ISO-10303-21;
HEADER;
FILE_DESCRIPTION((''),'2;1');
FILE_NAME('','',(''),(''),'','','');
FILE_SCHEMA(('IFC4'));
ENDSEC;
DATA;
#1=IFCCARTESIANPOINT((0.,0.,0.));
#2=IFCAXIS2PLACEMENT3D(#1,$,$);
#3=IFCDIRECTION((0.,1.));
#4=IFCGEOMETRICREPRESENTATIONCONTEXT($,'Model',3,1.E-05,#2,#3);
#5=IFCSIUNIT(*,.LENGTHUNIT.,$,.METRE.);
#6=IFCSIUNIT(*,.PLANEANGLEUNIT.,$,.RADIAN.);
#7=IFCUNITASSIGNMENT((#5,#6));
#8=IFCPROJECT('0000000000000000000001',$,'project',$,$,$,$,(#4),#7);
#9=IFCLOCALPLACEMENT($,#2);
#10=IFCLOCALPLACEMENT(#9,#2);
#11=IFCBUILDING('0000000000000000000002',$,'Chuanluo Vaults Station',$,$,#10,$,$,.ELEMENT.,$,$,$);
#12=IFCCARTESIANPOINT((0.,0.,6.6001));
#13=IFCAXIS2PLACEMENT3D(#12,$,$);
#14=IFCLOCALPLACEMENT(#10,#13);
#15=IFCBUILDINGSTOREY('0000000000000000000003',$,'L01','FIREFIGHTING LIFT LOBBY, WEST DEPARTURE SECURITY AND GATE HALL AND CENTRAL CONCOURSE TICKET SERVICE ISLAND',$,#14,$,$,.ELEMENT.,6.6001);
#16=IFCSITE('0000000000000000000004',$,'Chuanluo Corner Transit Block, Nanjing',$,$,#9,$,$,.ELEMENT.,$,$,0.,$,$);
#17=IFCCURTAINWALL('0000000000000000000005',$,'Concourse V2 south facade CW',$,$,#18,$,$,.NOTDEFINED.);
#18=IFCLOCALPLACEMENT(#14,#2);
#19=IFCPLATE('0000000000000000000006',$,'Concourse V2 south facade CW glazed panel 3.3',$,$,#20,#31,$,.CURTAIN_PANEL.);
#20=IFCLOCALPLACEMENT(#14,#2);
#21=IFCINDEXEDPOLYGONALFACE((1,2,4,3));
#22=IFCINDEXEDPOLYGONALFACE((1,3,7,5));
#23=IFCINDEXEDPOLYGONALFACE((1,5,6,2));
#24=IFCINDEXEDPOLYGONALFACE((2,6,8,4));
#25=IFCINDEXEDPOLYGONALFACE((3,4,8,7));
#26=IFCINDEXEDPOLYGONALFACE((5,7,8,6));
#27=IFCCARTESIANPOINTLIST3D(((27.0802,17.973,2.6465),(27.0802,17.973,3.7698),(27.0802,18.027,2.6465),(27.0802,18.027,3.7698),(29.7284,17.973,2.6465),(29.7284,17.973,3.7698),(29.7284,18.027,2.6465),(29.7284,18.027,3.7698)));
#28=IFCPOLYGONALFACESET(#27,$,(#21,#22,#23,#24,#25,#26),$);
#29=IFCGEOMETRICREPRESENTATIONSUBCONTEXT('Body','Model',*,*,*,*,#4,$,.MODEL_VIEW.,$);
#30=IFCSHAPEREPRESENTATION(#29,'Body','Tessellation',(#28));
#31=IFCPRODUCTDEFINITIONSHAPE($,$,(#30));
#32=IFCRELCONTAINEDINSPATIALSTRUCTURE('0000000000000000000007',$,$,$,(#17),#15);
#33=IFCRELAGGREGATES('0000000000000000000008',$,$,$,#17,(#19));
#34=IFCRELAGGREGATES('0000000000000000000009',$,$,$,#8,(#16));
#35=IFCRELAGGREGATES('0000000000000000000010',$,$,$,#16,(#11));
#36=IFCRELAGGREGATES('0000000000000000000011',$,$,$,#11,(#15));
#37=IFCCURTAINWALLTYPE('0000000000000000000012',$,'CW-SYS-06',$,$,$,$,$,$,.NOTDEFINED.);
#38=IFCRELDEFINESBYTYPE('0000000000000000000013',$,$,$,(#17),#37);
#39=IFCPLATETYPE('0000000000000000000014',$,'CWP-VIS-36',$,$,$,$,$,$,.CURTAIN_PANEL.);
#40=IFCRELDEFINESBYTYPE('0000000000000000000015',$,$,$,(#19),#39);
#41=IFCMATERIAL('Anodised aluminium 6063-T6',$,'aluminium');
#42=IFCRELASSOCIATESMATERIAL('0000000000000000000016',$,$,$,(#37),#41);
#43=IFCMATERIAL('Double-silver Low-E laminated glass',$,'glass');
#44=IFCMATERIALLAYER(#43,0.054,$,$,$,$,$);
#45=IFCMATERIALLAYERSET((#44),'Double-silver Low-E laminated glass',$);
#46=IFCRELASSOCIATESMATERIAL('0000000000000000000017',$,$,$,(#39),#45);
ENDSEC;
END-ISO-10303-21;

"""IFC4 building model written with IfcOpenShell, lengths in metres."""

from ifc_helpers import new_model, si_unit, direction, frame, origin, origin_2d, place, context, subcontext, project, spatial, rectangle, extrude, material, layer, layer_set, type_object, element, aggregate, save


model = new_model("IFC4")

# Units and contexts
model_context = context("Model", 3, precision=1e-05, world=origin(), true_north=direction((0.0, 1.0)))
body_context = subcontext(model_context, "Body", "Model", "MODEL_VIEW")
ifc_project = project(units=[si_unit("LENGTHUNIT", "METRE"), si_unit("PLANEANGLEUNIT", "RADIAN")], contexts=[model_context])

# Site, building, storey
site_placement = place(None, origin())
site = spatial("IfcSite", under=ifc_project, at=site_placement, Name="Chuanluo Corner Transit Block, Nanjing", CompositionType="ELEMENT", RefElevation=0.0)
building_placement = place(site_placement, origin())
building = spatial("IfcBuilding", under=site, at=building_placement, Name="Chuanluo Vaults Station", CompositionType="ELEMENT")
storey_placement = place(building_placement, frame((0.0, 0.0, 6.6001)))
storey = spatial("IfcBuildingStorey", under=building, at=storey_placement, Name="L01", Description="FIREFIGHTING LIFT LOBBY, WEST DEPARTURE SECURITY AND GATE HALL AND CENTRAL CONCOURSE TICKET SERVICE ISLAND", CompositionType="ELEMENT", Elevation=6.6001)

# Curtain wall
ifc_material_1 = material(Name="Anodised aluminium 6063-T6", Category="aluminium")
curtain_wall_type = type_object("IfcCurtainWallType", Name="CW-SYS-06", PredefinedType="NOTDEFINED", material=ifc_material_1)
curtain_wall_placement = place(storey_placement, origin())
curtain_wall = element("IfcCurtainWall", 1, at=curtain_wall_placement, inside=storey, type_object=curtain_wall_type, Name="Concourse V2 south facade CW", PredefinedType="NOTDEFINED")

# Plate
ifc_material_2 = material(Name="Double-silver Low-E laminated glass", Category="glass")
ifc_layer_1 = layer(ifc_material_2, 0.054)
ifc_layer_set_1 = layer_set([ifc_layer_1], Name="Double-silver Low-E laminated glass")
plate_type_1 = type_object("IfcPlateType", Name="CWP-VIS-36", PredefinedType="CURTAIN_PANEL", material=ifc_layer_set_1)
plate_1_placement = place(storey_placement, frame((28.4043, 18.0, 2.6465), z_axis=(0.0, 0.0, 1.0), x_axis=(-1.0, 0.0, 0.0)))
plate_1 = element("IfcPlate", 2, at=plate_1_placement, type_object=plate_type_1, Name="Concourse V2 south facade CW glazed panel 3.3", PredefinedType="CURTAIN_PANEL", context=body_context, shape_type="SweptSolid", body=[
    extrude(rectangle(XDim=2.6482, YDim=0.054, at=origin_2d()), origin(), (0.0, 0.0, 1.0), 1.1233),
])
aggregate(curtain_wall, [plate_1])

save(model, "model.ifc")
